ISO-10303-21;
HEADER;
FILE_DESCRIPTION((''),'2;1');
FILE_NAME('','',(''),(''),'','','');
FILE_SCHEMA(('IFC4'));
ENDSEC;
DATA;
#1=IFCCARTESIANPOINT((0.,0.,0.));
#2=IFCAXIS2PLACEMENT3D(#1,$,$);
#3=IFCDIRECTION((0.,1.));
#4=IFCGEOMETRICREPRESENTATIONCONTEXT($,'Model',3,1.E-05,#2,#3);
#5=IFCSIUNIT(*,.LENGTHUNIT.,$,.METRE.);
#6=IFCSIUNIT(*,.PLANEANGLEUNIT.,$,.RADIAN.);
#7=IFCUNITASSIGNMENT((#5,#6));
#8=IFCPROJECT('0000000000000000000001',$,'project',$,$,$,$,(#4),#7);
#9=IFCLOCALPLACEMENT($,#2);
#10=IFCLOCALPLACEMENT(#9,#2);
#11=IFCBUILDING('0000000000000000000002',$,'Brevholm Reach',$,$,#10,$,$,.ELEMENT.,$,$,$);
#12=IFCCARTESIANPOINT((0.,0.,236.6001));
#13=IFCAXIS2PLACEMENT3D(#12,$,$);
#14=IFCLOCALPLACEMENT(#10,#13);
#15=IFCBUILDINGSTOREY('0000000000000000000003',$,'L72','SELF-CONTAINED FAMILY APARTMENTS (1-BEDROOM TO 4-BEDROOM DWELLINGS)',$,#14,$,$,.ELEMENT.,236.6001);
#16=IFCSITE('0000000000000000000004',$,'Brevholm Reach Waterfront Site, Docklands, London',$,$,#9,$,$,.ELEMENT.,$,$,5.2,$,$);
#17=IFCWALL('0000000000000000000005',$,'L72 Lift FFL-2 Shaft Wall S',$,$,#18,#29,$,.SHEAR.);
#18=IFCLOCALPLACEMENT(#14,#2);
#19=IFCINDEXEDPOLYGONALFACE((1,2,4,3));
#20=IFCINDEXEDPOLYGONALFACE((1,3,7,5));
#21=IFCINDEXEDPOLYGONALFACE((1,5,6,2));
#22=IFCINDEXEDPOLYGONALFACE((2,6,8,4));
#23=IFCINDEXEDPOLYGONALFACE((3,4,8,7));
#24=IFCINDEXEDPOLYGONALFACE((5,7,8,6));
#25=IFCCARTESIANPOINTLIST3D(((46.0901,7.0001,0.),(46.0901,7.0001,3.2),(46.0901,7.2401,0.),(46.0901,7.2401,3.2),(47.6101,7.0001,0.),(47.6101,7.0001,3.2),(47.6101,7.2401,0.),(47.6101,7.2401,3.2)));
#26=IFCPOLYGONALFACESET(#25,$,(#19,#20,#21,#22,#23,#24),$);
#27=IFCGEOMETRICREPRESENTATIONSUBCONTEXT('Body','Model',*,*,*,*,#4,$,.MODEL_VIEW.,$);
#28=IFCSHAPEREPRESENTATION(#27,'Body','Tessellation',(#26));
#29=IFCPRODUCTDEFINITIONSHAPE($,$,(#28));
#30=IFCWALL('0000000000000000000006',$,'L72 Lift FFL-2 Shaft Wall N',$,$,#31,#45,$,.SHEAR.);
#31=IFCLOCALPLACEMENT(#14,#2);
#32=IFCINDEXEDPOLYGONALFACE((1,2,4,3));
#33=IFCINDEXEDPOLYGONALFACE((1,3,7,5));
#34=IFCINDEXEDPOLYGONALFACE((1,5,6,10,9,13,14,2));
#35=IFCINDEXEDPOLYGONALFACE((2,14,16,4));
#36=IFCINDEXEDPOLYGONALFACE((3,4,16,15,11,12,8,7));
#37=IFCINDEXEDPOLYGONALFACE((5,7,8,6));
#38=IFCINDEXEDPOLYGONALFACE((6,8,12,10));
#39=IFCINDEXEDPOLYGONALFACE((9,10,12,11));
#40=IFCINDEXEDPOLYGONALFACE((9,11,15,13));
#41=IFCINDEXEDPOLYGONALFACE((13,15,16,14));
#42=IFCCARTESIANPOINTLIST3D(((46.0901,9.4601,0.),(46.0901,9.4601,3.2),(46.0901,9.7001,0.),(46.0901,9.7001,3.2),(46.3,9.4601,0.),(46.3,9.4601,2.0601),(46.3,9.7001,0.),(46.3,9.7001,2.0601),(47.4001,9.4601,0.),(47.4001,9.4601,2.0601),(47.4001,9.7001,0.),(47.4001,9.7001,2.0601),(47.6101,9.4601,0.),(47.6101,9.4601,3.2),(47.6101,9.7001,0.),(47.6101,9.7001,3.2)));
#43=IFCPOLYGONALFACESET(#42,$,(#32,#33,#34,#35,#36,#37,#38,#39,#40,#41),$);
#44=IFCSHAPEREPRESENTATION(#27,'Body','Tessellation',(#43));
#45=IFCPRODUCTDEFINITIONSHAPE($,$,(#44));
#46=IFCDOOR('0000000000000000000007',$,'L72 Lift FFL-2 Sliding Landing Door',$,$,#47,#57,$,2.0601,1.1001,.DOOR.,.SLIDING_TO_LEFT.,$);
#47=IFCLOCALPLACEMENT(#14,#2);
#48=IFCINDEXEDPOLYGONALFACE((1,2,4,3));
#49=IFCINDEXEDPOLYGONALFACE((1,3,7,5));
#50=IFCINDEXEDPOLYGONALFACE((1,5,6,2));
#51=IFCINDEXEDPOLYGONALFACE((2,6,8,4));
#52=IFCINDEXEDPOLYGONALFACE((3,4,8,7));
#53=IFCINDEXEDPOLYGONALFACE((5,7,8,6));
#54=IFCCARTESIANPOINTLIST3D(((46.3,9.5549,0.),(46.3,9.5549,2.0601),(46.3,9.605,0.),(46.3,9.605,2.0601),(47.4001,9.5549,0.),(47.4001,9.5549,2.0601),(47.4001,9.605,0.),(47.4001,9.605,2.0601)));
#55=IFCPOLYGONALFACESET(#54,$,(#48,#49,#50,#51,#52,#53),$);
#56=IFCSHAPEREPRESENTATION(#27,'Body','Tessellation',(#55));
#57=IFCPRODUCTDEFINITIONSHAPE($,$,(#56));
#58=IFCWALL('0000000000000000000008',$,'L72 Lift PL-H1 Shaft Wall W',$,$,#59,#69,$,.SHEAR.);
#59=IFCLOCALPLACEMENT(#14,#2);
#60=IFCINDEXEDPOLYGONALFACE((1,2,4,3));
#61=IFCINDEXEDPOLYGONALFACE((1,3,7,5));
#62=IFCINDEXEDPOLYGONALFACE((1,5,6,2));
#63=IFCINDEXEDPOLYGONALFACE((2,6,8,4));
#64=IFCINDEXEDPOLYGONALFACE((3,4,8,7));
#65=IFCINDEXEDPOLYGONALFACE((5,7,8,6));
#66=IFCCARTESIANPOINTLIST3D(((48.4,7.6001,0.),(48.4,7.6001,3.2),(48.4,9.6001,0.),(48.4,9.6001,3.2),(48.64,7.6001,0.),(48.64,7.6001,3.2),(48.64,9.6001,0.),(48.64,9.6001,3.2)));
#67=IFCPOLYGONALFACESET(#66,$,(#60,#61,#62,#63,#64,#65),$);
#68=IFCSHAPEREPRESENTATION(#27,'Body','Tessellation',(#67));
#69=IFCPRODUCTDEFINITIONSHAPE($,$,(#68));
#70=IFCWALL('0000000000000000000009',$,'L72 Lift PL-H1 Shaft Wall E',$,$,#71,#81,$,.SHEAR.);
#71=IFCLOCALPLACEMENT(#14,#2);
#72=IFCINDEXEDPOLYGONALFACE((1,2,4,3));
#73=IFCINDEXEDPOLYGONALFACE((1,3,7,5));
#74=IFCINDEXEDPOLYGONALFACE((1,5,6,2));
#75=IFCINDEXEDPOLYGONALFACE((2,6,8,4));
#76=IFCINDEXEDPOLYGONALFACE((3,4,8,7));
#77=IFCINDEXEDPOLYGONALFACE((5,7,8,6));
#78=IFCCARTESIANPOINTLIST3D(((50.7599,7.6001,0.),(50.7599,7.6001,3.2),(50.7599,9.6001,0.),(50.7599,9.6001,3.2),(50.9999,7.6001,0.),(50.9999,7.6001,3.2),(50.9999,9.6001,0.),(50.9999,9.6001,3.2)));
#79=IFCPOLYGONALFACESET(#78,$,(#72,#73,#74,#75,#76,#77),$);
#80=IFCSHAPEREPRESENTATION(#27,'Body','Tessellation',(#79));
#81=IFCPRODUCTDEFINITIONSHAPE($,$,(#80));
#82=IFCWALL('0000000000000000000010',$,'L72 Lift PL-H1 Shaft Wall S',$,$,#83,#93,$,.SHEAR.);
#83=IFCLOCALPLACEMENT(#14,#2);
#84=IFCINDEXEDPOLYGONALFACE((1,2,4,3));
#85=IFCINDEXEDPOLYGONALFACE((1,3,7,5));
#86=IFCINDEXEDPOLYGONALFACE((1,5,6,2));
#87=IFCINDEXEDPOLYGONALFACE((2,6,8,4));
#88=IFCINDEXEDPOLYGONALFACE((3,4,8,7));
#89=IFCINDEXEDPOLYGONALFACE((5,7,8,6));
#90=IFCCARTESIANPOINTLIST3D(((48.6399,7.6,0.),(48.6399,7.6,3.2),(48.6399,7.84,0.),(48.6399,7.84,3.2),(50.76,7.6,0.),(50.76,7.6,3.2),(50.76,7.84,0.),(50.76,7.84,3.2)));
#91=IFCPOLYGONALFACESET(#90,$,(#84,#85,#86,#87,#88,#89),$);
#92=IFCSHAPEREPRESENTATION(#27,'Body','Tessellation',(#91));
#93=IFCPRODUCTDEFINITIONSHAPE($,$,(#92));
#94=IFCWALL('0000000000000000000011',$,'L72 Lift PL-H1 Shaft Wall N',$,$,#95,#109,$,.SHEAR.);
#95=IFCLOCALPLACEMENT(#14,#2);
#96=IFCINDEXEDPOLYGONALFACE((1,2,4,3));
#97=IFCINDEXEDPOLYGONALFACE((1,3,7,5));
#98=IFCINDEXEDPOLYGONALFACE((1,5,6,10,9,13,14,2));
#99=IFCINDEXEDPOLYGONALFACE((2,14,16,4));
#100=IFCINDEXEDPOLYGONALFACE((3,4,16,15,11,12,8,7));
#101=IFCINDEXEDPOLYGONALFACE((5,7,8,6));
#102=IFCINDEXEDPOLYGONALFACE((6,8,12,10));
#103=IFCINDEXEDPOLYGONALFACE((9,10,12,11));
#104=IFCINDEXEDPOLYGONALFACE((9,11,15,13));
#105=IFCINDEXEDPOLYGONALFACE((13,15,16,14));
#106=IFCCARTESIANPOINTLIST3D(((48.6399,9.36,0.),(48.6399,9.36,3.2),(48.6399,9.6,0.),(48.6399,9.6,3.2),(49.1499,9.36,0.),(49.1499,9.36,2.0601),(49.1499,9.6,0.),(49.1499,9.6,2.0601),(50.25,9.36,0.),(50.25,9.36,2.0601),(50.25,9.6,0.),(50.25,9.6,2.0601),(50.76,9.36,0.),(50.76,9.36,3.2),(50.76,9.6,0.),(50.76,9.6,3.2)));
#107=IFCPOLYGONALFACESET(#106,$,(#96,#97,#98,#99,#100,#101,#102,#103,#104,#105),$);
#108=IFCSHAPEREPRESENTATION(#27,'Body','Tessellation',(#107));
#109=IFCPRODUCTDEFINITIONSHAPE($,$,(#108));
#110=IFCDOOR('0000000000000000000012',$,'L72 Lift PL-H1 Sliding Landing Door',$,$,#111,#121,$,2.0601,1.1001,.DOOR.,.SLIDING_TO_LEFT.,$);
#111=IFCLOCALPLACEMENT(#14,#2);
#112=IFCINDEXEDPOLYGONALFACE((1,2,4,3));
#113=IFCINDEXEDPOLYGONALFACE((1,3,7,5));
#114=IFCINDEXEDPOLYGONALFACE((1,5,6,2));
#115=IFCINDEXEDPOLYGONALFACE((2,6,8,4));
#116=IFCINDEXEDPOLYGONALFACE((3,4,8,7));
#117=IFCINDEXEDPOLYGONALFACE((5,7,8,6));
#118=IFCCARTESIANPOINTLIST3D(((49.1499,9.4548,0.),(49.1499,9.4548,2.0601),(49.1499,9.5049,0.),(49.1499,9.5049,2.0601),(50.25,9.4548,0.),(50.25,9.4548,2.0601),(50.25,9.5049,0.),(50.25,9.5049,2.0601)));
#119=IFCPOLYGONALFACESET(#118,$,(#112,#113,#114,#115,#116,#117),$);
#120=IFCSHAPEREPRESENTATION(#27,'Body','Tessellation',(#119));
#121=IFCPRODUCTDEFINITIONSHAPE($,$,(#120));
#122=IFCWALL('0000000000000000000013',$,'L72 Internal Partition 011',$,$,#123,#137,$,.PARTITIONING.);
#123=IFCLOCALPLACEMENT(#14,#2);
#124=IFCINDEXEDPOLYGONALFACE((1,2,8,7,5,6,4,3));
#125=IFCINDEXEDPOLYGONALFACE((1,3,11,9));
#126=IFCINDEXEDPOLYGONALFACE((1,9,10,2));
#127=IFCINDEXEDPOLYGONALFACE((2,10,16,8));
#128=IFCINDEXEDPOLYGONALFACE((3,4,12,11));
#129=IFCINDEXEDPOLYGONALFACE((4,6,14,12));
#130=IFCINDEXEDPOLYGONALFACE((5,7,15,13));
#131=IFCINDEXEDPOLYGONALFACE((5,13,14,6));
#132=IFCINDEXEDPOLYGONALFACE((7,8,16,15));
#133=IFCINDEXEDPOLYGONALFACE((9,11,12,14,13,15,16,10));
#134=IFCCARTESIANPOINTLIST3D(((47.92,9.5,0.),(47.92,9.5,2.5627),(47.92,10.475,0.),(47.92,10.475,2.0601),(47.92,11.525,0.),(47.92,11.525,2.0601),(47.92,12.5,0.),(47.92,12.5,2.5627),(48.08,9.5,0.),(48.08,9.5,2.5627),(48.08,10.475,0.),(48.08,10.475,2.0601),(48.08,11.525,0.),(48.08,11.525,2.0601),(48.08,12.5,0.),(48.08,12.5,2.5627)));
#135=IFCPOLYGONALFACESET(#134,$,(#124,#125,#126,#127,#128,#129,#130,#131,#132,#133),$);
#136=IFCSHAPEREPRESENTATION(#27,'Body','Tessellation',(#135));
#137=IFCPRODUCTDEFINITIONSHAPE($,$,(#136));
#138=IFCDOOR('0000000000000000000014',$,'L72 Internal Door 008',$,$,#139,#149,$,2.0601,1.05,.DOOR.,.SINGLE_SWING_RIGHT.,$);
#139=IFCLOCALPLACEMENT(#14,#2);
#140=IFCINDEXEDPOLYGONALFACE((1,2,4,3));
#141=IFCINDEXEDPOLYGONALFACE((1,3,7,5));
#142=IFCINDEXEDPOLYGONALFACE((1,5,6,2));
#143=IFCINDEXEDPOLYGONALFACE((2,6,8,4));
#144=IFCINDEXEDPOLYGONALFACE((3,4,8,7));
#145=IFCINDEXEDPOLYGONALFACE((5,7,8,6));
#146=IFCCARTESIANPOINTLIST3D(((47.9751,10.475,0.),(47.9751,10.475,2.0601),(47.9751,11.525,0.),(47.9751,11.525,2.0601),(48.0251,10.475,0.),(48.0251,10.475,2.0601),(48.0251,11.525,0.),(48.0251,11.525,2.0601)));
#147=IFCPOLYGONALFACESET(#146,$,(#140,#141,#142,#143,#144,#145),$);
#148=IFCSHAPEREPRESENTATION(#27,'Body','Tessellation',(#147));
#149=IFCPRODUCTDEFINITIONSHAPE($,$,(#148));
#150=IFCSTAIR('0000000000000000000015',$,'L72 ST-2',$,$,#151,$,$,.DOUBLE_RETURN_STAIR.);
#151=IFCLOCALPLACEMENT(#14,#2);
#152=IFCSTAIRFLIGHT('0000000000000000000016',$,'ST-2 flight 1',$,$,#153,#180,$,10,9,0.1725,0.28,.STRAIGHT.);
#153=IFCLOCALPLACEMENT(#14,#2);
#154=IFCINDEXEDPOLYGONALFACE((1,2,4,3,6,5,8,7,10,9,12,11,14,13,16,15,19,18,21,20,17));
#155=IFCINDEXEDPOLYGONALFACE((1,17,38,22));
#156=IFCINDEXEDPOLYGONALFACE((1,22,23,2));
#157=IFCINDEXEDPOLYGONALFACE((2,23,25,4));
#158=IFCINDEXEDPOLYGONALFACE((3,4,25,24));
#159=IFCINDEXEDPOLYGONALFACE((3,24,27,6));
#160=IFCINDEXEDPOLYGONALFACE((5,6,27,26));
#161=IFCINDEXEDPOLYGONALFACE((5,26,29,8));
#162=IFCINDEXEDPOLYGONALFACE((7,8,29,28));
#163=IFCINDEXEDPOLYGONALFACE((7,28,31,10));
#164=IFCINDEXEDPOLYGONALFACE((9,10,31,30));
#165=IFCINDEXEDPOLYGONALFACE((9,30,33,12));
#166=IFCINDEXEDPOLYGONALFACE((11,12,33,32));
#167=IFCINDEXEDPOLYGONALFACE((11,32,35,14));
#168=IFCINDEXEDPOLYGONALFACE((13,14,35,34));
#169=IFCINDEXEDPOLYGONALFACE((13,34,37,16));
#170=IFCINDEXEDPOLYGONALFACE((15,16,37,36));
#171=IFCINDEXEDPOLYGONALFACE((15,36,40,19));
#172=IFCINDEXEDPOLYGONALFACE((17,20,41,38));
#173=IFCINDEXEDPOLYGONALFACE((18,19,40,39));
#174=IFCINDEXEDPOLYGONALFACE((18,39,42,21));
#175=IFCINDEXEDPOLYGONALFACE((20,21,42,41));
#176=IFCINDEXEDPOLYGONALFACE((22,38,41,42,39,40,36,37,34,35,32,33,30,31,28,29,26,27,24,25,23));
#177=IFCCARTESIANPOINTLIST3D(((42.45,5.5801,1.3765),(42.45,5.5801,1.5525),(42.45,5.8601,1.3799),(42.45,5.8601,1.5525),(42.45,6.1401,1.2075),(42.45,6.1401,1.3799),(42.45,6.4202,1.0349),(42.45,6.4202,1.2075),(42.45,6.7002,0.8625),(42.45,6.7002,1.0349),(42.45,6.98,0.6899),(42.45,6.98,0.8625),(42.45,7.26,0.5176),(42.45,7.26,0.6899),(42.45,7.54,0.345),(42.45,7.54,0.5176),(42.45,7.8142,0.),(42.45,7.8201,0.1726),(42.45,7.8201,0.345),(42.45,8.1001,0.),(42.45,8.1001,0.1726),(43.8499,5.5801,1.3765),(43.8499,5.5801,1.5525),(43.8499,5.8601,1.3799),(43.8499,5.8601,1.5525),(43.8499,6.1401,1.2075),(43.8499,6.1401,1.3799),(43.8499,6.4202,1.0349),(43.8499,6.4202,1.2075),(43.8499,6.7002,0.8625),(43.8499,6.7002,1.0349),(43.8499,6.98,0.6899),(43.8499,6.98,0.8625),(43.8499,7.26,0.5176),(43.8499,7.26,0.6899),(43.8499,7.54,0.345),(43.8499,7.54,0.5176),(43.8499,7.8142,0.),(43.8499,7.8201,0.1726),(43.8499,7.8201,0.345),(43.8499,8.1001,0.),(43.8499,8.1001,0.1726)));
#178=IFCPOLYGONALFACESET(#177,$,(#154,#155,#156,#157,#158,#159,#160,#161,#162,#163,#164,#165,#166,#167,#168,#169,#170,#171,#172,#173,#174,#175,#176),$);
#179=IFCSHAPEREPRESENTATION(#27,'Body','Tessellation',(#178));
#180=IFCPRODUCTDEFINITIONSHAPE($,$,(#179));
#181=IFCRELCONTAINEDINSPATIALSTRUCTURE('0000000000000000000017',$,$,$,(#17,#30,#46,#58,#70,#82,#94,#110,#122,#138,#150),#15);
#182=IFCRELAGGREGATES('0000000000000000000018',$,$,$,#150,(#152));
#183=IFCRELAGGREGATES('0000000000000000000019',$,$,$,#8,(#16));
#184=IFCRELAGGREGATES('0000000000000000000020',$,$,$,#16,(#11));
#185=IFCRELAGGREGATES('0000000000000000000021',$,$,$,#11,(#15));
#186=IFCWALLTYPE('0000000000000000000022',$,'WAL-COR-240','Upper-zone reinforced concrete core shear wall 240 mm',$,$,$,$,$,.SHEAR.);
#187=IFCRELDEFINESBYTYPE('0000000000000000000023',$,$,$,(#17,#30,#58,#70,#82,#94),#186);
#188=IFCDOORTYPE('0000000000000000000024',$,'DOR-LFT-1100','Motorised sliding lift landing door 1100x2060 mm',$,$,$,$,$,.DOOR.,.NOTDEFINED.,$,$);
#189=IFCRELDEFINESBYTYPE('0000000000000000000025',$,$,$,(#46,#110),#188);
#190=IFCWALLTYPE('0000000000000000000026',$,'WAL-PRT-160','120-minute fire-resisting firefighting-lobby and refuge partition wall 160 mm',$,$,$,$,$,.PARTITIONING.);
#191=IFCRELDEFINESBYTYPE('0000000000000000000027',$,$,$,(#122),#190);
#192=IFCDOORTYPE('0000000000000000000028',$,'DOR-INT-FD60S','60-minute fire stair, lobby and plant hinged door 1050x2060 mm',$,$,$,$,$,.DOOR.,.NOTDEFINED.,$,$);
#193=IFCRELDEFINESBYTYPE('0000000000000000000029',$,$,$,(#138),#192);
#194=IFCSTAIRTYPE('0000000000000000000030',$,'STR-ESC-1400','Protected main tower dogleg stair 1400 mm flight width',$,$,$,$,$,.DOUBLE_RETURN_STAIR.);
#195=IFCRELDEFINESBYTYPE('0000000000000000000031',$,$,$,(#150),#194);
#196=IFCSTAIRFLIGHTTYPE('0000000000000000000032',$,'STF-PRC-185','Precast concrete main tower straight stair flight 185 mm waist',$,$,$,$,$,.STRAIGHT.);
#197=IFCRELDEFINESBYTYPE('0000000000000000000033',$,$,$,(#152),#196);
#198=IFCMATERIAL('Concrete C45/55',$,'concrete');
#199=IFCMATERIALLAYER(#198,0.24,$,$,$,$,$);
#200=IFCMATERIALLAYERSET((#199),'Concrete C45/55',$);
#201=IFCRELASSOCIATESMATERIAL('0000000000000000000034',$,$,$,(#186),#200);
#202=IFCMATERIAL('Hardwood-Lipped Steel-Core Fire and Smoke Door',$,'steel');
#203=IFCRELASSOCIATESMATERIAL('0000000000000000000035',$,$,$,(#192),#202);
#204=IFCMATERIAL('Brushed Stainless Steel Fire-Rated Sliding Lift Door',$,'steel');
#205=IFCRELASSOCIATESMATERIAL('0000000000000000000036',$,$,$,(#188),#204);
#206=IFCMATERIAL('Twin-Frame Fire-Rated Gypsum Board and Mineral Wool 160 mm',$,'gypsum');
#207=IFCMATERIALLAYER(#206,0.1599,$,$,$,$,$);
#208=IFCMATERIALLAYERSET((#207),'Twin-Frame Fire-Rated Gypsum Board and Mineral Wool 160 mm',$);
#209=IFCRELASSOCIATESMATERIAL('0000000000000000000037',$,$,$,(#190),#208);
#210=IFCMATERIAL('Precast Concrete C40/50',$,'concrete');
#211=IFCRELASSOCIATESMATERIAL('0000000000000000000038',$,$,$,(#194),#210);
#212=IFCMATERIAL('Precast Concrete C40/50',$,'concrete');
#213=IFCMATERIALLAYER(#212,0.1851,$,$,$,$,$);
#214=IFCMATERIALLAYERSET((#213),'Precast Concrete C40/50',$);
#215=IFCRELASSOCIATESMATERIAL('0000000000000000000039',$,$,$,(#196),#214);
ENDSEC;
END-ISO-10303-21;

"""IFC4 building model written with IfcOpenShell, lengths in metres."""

from ifc_helpers import new_model, si_unit, direction, frame, frame_2d, origin, place, context, subcontext, project, spatial, polyline, rectangle, outline, extrude, material, layer, layer_set, type_object, element, fill, aggregate, save


model = new_model("IFC4")

# Units and contexts
model_context = context("Model", 3, precision=1e-05, world=origin(), true_north=direction((0.0, 1.0)))
body_context = subcontext(model_context, "Body", "Model", "MODEL_VIEW")
ifc_project = project(units=[si_unit("LENGTHUNIT", "METRE"), si_unit("PLANEANGLEUNIT", "RADIAN")], contexts=[model_context])

# Site, building, storey
site_placement = place(None, origin())
site = spatial("IfcSite", under=ifc_project, at=site_placement, Name="Brevholm Reach Waterfront Site, Docklands, London", CompositionType="ELEMENT", RefElevation=5.2)
building_placement = place(site_placement, origin())
building = spatial("IfcBuilding", under=site, at=building_placement, Name="Brevholm Reach", CompositionType="ELEMENT")
storey_placement = place(building_placement, frame((0.0, 0.0, 236.6001)))
storey = spatial("IfcBuildingStorey", under=building, at=storey_placement, Name="L72", Description="SELF-CONTAINED FAMILY APARTMENTS (1-BEDROOM TO 4-BEDROOM DWELLINGS)", CompositionType="ELEMENT", Elevation=236.6001)

# Shared definitions
ifc_material_1 = material(Name="Concrete C45/55", Category="concrete")
ifc_layer_1 = layer(ifc_material_1, 0.24)
ifc_layer_set_1 = layer_set([ifc_layer_1], Name="Concrete C45/55")
wall_type_1 = type_object("IfcWallType", Name="WAL-COR-240", Description="Upper-zone reinforced concrete core shear wall 240 mm", PredefinedType="SHEAR", material=ifc_layer_set_1)
ifc_material_2 = material(Name="Hardwood-Lipped Steel-Core Fire and Smoke Door", Category="steel")
door_type_1 = type_object("IfcDoorType", Name="DOR-INT-FD60S", Description="60-minute fire stair, lobby and plant hinged door 1050x2060 mm", OperationType="NOTDEFINED", PredefinedType="DOOR", material=ifc_material_2)

# Wall
wall_1_placement = place(storey_placement, frame((46.0901, 7.1201, 0.0), z_axis=(0.0, 0.0, 1.0), x_axis=(1.0, 0.0, 0.0)))
element("IfcWall", 1, at=wall_1_placement, inside=storey, type_object=wall_type_1, Name="L72 Lift FFL-2 Shaft Wall S", PredefinedType="SHEAR", context=body_context, shape_type="SweptSolid", body=[
    extrude(rectangle(XDim=1.52, YDim=0.24, at=frame_2d((0.76, 0.0))), origin(), (0.0, 0.0, 1.0), 3.2),
])

# Wall, opening, door
wall_2_placement = place(storey_placement, frame((46.0901, 9.5801, 0.0), z_axis=(0.0, 0.0, 1.0), x_axis=(1.0, 0.0, 0.0)))
wall_2 = element("IfcWall", 2, at=wall_2_placement, inside=storey, type_object=wall_type_1, Name="L72 Lift FFL-2 Shaft Wall N", PredefinedType="SHEAR", context=body_context, shape_type="SweptSolid", body=[
    extrude(rectangle(XDim=1.52, YDim=0.24, at=frame_2d((0.76, 0.0))), origin(), (0.0, 0.0, 1.0), 3.2),
])
opening_1_placement = place(wall_2_placement, frame((0.21, 0.0, 0.0)))
opening_1 = element("IfcOpeningElement", 3, at=opening_1_placement, cuts=wall_2, PredefinedType="OPENING", context=body_context, shape_type="SweptSolid", body=[
    extrude(rectangle(XDim=1.1001, YDim=2.0601, at=frame_2d((0.55, 1.03))), frame((0.0, 0.1299, 0.0), z_axis=(0.0, -1.0, 0.0), x_axis=(1.0, 0.0, 0.0)), (0.0, 0.0, 1.0), 0.26),
])
ifc_material_3 = material(Name="Brushed Stainless Steel Fire-Rated Sliding Lift Door", Category="steel")
door_type_2 = type_object("IfcDoorType", Name="DOR-LFT-1100", Description="Motorised sliding lift landing door 1100x2060 mm", OperationType="NOTDEFINED", PredefinedType="DOOR", material=ifc_material_3)
door_1_placement = place(opening_1_placement, origin())
door_1 = element("IfcDoor", 4, at=door_1_placement, inside=storey, type_object=door_type_2, Name="L72 Lift FFL-2 Sliding Landing Door", OperationType="SLIDING_TO_LEFT", OverallHeight=2.0601, OverallWidth=1.1001, PredefinedType="DOOR", context=body_context, shape_type="SweptSolid", body=[
    extrude(rectangle(XDim=1.1001, YDim=2.0601, at=frame_2d((0.55, 1.03))), frame((0.0, 0.0249, 0.0), z_axis=(0.0, -1.0, 0.0), x_axis=(1.0, 0.0, 0.0)), (0.0, 0.0, 1.0), 0.05),
])
fill(opening_1, door_1)

# Walls
for number, where, z_axis, x_axis, name in (
    (5, (48.52, 7.6001, 0.0), (0.0, 0.0, 1.0), (0.0, 1.0, 0.0), "L72 Lift PL-H1 Shaft Wall W"),
    (6, (50.8799, 7.6001, 0.0), (0.0, 0.0, 1.0), (0.0, 1.0, 0.0), "L72 Lift PL-H1 Shaft Wall E"),
):
    element("IfcWall", number, at=place(storey_placement, frame(where, z_axis=z_axis, x_axis=x_axis)), inside=storey, type_object=wall_type_1, Name=name, PredefinedType="SHEAR", context=body_context, shape_type="SweptSolid", body=[
        extrude(rectangle(XDim=2.0, YDim=0.24, at=frame_2d((1.0, 0.0))), origin(), (0.0, 0.0, 1.0), 3.2),
    ])
wall_3_placement = place(storey_placement, frame((48.6399, 7.72, 0.0), z_axis=(0.0, 0.0, 1.0), x_axis=(1.0, 0.0, 0.0)))
element("IfcWall", 7, at=wall_3_placement, inside=storey, type_object=wall_type_1, Name="L72 Lift PL-H1 Shaft Wall S", PredefinedType="SHEAR", context=body_context, shape_type="SweptSolid", body=[
    extrude(rectangle(XDim=2.1201, YDim=0.24, at=frame_2d((1.0601, 0.0))), origin(), (0.0, 0.0, 1.0), 3.2),
])

# Walls, openings, doors
wall_4_placement = place(storey_placement, frame((48.6399, 9.48, 0.0), z_axis=(0.0, 0.0, 1.0), x_axis=(1.0, 0.0, 0.0)))
wall_4 = element("IfcWall", 8, at=wall_4_placement, inside=storey, type_object=wall_type_1, Name="L72 Lift PL-H1 Shaft Wall N", PredefinedType="SHEAR", context=body_context, shape_type="SweptSolid", body=[
    extrude(rectangle(XDim=2.1201, YDim=0.24, at=frame_2d((1.0601, 0.0))), origin(), (0.0, 0.0, 1.0), 3.2),
])
opening_2_placement = place(wall_4_placement, frame((0.51, 0.0, 0.0)))
opening_2 = element("IfcOpeningElement", 9, at=opening_2_placement, cuts=wall_4, PredefinedType="OPENING", context=body_context, shape_type="SweptSolid", body=[
    extrude(rectangle(XDim=1.1001, YDim=2.0601, at=frame_2d((0.55, 1.03))), frame((0.0, 0.1299, 0.0), z_axis=(0.0, -1.0, 0.0), x_axis=(1.0, 0.0, 0.0)), (0.0, 0.0, 1.0), 0.26),
])
door_2_placement = place(opening_2_placement, origin())
door_2 = element("IfcDoor", 10, at=door_2_placement, inside=storey, type_object=door_type_2, Name="L72 Lift PL-H1 Sliding Landing Door", OperationType="SLIDING_TO_LEFT", OverallHeight=2.0601, OverallWidth=1.1001, PredefinedType="DOOR", context=body_context, shape_type="SweptSolid", body=[
    extrude(rectangle(XDim=1.1001, YDim=2.0601, at=frame_2d((0.55, 1.03))), frame((0.0, 0.0249, 0.0), z_axis=(0.0, -1.0, 0.0), x_axis=(1.0, 0.0, 0.0)), (0.0, 0.0, 1.0), 0.05),
])
fill(opening_2, door_2)
ifc_material_4 = material(Name="Twin-Frame Fire-Rated Gypsum Board and Mineral Wool 160 mm", Category="gypsum")
ifc_layer_2 = layer(ifc_material_4, 0.1599)
ifc_layer_set_2 = layer_set([ifc_layer_2], Name="Twin-Frame Fire-Rated Gypsum Board and Mineral Wool 160 mm")
wall_type_2 = type_object("IfcWallType", Name="WAL-PRT-160", Description="120-minute fire-resisting firefighting-lobby and refuge partition wall 160 mm", PredefinedType="PARTITIONING", material=ifc_layer_set_2)
wall_5_placement = place(storey_placement, frame((48.0, 9.5, 0.0), z_axis=(0.0, 0.0, 1.0), x_axis=(0.0, 1.0, 0.0)))
wall_5 = element("IfcWall", 11, at=wall_5_placement, inside=storey, type_object=wall_type_2, Name="L72 Internal Partition 011", PredefinedType="PARTITIONING", context=body_context, shape_type="SweptSolid", body=[
    extrude(rectangle(XDim=3.0, YDim=0.1599, at=frame_2d((1.5, 0.0))), origin(), (0.0, 0.0, 1.0), 2.5627),
])
opening_3_placement = place(wall_5_placement, frame((0.9751, 0.0, 0.0)))
opening_3 = element("IfcOpeningElement", 12, at=opening_3_placement, cuts=wall_5, PredefinedType="OPENING", context=body_context, shape_type="SweptSolid", body=[
    extrude(rectangle(XDim=1.05, YDim=2.0601, at=frame_2d((0.5249, 1.03))), frame((0.0, 0.0898, 0.0), z_axis=(0.0, -1.0, 0.0), x_axis=(1.0, 0.0, 0.0)), (0.0, 0.0, 1.0), 0.1799),
])
door_3_placement = place(opening_3_placement, origin())
door_3 = element("IfcDoor", 13, at=door_3_placement, inside=storey, type_object=door_type_1, Name="L72 Internal Door 008", OperationType="SINGLE_SWING_RIGHT", OverallHeight=2.0601, OverallWidth=1.05, PredefinedType="DOOR", context=body_context, shape_type="SweptSolid", body=[
    extrude(rectangle(XDim=1.05, YDim=2.0601, at=frame_2d((0.5249, 1.03))), frame((0.0, 0.0249, 0.0), z_axis=(0.0, -1.0, 0.0), x_axis=(1.0, 0.0, 0.0)), (0.0, 0.0, 1.0), 0.05),
])
fill(opening_3, door_3)

# Stair, stair flight
ifc_material_5 = material(Name="Precast Concrete C40/50", Category="concrete")
stair_type = type_object("IfcStairType", Name="STR-ESC-1400", Description="Protected main tower dogleg stair 1400 mm flight width", PredefinedType="DOUBLE_RETURN_STAIR", material=ifc_material_5)
stair_placement = place(storey_placement, origin())
stair = element("IfcStair", 14, at=stair_placement, inside=storey, type_object=stair_type, Name="L72 ST-2", PredefinedType="DOUBLE_RETURN_STAIR")
ifc_material_6 = material(Name="Precast Concrete C40/50", Category="concrete")
ifc_layer_3 = layer(ifc_material_6, 0.1851)
ifc_layer_set_3 = layer_set([ifc_layer_3], Name="Precast Concrete C40/50")
stair_flight_type = type_object("IfcStairFlightType", Name="STF-PRC-185", Description="Precast concrete main tower straight stair flight 185 mm waist", PredefinedType="STRAIGHT", material=ifc_layer_set_3)
stair_flight_placement = place(storey_placement, frame((43.1499, 8.1001, 0.0), z_axis=(0.0, 0.0, 1.0), x_axis=(0.0, -1.0, 0.0)))
stair_flight = element("IfcStairFlight", 15, at=stair_flight_placement, type_object=stair_flight_type, Name="ST-2 flight 1", NumberOfRisers=10, NumberOfTreads=9, PredefinedType="STRAIGHT", RiserHeight=0.1725, TreadLength=0.28, context=body_context, shape_type="SweptSolid", body=[
    extrude(outline(polyline([(0.0, 0.0), (0.0, 0.1726), (0.28, 0.1726), (0.28, 0.345), (0.5601, 0.345), (0.5601, 0.5176), (0.8401, 0.5176), (0.8401, 0.6899), (1.1201, 0.6899), (1.1201, 0.8625), (1.3999, 0.8625), (1.3999, 1.0349), (1.6799, 1.0349), (1.6799, 1.2075), (1.96, 1.2075), (1.96, 1.3799), (2.24, 1.3799), (2.24, 1.5525), (2.52, 1.5525), (2.52, 1.7251), (2.52, 1.3765), (0.2859, 0.0), (0.0, 0.0)])), frame((0.0, 0.7, 0.0), z_axis=(0.0, -1.0, 0.0), x_axis=(1.0, 0.0, 0.0)), (0.0, 0.0, 1.0), 1.3999),
])
aggregate(stair, [stair_flight])

save(model, "model.ifc")
